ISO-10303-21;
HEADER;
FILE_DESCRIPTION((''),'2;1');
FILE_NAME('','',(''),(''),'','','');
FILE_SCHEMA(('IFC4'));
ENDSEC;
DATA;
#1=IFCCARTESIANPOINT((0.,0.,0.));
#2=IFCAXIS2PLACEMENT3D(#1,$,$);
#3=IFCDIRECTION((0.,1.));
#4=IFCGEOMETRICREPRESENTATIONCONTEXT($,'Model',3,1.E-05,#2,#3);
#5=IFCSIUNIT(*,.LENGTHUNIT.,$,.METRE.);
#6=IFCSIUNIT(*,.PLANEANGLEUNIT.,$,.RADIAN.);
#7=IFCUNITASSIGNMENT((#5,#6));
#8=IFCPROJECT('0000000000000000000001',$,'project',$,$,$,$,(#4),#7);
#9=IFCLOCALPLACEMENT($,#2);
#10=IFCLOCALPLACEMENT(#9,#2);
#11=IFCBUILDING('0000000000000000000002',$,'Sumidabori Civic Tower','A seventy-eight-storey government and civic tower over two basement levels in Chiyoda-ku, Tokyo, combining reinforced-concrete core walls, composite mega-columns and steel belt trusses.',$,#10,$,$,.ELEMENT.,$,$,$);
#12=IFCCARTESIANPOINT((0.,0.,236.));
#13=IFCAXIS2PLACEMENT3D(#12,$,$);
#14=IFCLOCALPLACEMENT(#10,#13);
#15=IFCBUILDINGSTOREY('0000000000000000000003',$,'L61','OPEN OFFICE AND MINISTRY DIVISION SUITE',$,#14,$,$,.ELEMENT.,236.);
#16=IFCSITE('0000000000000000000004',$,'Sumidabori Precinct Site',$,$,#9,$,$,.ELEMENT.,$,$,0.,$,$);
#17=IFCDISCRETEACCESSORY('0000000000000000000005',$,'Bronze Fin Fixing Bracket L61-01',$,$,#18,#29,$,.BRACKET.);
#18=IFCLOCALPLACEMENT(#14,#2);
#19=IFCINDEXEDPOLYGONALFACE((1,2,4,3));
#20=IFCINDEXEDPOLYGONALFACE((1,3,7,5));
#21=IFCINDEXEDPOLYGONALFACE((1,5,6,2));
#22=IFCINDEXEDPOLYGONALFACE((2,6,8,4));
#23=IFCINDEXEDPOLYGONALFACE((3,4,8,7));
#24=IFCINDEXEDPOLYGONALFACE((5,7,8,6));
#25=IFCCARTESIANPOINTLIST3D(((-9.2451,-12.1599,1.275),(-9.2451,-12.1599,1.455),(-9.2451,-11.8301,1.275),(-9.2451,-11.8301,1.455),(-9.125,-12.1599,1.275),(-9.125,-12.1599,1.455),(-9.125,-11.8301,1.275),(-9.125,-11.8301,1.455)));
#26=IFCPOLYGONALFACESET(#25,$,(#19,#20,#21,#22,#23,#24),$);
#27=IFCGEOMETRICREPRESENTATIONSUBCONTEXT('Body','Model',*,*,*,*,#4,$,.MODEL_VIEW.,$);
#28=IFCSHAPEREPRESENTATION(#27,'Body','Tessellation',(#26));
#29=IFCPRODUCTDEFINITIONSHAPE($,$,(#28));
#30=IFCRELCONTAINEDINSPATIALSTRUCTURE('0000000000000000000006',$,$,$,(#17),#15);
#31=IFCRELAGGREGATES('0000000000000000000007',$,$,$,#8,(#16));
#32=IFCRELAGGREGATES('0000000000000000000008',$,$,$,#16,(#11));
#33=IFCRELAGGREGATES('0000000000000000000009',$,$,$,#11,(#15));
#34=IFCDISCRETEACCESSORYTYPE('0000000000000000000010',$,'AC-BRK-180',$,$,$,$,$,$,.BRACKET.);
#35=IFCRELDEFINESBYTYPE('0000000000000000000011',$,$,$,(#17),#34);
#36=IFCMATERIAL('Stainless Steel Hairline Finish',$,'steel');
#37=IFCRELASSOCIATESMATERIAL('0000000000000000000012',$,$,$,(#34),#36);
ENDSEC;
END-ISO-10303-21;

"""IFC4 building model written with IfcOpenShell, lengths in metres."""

from ifc_helpers import new_model, si_unit, direction, frame, origin, origin_2d, place, context, subcontext, project, spatial, rectangle, extrude, source, transform, mapped, material, material_profile, profile_set, type_object, element, save


model = new_model("IFC4")

# Units and contexts
model_context = context("Model", 3, precision=1e-05, world=origin(), true_north=direction((0.0, 1.0)))
body_context = subcontext(model_context, "Body", "Model", "MODEL_VIEW")
ifc_project = project(units=[si_unit("LENGTHUNIT", "METRE"), si_unit("PLANEANGLEUNIT", "RADIAN")], contexts=[model_context])

# Site, building, storey
site_placement = place(None, origin())
site = spatial("IfcSite", under=ifc_project, at=site_placement, Name="Sumidabori Precinct Site", CompositionType="ELEMENT", RefElevation=0.0)
building_placement = place(site_placement, origin())
building = spatial("IfcBuilding", under=site, at=building_placement, Name="Sumidabori Civic Tower", Description="A seventy-eight-storey government and civic tower over two basement levels in Chiyoda-ku, Tokyo, combining reinforced-concrete core walls, composite mega-columns and steel belt trusses.", CompositionType="ELEMENT")
storey_placement = place(building_placement, frame((0.0, 0.0, 236.0)))
storey = spatial("IfcBuildingStorey", under=building, at=storey_placement, Name="L61", Description="OPEN OFFICE AND MINISTRY DIVISION SUITE", CompositionType="ELEMENT", Elevation=236.0)

# Discrete accessory
ifc_material_1 = material(Name="Stainless Steel Hairline Finish", Category="steel")
ifc_material_profile_1 = material_profile(ifc_material_1, rectangle(XDim=0.1201, YDim=0.1799, at=origin_2d()), Name="STEEL BRACKET 180x120")
ifc_profile_set_1 = profile_set([ifc_material_profile_1], Name="Stainless Steel Hairline Finish")
discrete_accessory_type = type_object("IfcDiscreteAccessoryType", Name="AC-BRK-180", PredefinedType="BRACKET", material=ifc_profile_set_1)
shared_shape_1 = source(origin(), body_context, "Body", "SweptSolid", [
    extrude(rectangle(XDim=0.1201, YDim=0.1799, at=origin_2d()), origin(), (0.0, 0.0, 1.0), 0.3298),
])
discrete_accessory_placement = place(storey_placement, frame((-9.1851, -11.8301, 1.365), z_axis=(0.0, -1.0, 0.0), x_axis=(1.0, 0.0, 0.0)))
element("IfcDiscreteAccessory", 1, at=discrete_accessory_placement, inside=storey, type_object=discrete_accessory_type, Name="Bronze Fin Fixing Bracket L61-01", PredefinedType="BRACKET", context=body_context, shape_type="MappedRepresentation", body=[
    mapped(shared_shape_1, transform((0.0, 0.0, 0.0), x_axis=(1.0, 0.0, 0.0), y_axis=(0.0, 1.0, 0.0), z_axis=(0.0, 0.0, 1.0), scale=1.0)),
])

save(model, "model.ifc")
